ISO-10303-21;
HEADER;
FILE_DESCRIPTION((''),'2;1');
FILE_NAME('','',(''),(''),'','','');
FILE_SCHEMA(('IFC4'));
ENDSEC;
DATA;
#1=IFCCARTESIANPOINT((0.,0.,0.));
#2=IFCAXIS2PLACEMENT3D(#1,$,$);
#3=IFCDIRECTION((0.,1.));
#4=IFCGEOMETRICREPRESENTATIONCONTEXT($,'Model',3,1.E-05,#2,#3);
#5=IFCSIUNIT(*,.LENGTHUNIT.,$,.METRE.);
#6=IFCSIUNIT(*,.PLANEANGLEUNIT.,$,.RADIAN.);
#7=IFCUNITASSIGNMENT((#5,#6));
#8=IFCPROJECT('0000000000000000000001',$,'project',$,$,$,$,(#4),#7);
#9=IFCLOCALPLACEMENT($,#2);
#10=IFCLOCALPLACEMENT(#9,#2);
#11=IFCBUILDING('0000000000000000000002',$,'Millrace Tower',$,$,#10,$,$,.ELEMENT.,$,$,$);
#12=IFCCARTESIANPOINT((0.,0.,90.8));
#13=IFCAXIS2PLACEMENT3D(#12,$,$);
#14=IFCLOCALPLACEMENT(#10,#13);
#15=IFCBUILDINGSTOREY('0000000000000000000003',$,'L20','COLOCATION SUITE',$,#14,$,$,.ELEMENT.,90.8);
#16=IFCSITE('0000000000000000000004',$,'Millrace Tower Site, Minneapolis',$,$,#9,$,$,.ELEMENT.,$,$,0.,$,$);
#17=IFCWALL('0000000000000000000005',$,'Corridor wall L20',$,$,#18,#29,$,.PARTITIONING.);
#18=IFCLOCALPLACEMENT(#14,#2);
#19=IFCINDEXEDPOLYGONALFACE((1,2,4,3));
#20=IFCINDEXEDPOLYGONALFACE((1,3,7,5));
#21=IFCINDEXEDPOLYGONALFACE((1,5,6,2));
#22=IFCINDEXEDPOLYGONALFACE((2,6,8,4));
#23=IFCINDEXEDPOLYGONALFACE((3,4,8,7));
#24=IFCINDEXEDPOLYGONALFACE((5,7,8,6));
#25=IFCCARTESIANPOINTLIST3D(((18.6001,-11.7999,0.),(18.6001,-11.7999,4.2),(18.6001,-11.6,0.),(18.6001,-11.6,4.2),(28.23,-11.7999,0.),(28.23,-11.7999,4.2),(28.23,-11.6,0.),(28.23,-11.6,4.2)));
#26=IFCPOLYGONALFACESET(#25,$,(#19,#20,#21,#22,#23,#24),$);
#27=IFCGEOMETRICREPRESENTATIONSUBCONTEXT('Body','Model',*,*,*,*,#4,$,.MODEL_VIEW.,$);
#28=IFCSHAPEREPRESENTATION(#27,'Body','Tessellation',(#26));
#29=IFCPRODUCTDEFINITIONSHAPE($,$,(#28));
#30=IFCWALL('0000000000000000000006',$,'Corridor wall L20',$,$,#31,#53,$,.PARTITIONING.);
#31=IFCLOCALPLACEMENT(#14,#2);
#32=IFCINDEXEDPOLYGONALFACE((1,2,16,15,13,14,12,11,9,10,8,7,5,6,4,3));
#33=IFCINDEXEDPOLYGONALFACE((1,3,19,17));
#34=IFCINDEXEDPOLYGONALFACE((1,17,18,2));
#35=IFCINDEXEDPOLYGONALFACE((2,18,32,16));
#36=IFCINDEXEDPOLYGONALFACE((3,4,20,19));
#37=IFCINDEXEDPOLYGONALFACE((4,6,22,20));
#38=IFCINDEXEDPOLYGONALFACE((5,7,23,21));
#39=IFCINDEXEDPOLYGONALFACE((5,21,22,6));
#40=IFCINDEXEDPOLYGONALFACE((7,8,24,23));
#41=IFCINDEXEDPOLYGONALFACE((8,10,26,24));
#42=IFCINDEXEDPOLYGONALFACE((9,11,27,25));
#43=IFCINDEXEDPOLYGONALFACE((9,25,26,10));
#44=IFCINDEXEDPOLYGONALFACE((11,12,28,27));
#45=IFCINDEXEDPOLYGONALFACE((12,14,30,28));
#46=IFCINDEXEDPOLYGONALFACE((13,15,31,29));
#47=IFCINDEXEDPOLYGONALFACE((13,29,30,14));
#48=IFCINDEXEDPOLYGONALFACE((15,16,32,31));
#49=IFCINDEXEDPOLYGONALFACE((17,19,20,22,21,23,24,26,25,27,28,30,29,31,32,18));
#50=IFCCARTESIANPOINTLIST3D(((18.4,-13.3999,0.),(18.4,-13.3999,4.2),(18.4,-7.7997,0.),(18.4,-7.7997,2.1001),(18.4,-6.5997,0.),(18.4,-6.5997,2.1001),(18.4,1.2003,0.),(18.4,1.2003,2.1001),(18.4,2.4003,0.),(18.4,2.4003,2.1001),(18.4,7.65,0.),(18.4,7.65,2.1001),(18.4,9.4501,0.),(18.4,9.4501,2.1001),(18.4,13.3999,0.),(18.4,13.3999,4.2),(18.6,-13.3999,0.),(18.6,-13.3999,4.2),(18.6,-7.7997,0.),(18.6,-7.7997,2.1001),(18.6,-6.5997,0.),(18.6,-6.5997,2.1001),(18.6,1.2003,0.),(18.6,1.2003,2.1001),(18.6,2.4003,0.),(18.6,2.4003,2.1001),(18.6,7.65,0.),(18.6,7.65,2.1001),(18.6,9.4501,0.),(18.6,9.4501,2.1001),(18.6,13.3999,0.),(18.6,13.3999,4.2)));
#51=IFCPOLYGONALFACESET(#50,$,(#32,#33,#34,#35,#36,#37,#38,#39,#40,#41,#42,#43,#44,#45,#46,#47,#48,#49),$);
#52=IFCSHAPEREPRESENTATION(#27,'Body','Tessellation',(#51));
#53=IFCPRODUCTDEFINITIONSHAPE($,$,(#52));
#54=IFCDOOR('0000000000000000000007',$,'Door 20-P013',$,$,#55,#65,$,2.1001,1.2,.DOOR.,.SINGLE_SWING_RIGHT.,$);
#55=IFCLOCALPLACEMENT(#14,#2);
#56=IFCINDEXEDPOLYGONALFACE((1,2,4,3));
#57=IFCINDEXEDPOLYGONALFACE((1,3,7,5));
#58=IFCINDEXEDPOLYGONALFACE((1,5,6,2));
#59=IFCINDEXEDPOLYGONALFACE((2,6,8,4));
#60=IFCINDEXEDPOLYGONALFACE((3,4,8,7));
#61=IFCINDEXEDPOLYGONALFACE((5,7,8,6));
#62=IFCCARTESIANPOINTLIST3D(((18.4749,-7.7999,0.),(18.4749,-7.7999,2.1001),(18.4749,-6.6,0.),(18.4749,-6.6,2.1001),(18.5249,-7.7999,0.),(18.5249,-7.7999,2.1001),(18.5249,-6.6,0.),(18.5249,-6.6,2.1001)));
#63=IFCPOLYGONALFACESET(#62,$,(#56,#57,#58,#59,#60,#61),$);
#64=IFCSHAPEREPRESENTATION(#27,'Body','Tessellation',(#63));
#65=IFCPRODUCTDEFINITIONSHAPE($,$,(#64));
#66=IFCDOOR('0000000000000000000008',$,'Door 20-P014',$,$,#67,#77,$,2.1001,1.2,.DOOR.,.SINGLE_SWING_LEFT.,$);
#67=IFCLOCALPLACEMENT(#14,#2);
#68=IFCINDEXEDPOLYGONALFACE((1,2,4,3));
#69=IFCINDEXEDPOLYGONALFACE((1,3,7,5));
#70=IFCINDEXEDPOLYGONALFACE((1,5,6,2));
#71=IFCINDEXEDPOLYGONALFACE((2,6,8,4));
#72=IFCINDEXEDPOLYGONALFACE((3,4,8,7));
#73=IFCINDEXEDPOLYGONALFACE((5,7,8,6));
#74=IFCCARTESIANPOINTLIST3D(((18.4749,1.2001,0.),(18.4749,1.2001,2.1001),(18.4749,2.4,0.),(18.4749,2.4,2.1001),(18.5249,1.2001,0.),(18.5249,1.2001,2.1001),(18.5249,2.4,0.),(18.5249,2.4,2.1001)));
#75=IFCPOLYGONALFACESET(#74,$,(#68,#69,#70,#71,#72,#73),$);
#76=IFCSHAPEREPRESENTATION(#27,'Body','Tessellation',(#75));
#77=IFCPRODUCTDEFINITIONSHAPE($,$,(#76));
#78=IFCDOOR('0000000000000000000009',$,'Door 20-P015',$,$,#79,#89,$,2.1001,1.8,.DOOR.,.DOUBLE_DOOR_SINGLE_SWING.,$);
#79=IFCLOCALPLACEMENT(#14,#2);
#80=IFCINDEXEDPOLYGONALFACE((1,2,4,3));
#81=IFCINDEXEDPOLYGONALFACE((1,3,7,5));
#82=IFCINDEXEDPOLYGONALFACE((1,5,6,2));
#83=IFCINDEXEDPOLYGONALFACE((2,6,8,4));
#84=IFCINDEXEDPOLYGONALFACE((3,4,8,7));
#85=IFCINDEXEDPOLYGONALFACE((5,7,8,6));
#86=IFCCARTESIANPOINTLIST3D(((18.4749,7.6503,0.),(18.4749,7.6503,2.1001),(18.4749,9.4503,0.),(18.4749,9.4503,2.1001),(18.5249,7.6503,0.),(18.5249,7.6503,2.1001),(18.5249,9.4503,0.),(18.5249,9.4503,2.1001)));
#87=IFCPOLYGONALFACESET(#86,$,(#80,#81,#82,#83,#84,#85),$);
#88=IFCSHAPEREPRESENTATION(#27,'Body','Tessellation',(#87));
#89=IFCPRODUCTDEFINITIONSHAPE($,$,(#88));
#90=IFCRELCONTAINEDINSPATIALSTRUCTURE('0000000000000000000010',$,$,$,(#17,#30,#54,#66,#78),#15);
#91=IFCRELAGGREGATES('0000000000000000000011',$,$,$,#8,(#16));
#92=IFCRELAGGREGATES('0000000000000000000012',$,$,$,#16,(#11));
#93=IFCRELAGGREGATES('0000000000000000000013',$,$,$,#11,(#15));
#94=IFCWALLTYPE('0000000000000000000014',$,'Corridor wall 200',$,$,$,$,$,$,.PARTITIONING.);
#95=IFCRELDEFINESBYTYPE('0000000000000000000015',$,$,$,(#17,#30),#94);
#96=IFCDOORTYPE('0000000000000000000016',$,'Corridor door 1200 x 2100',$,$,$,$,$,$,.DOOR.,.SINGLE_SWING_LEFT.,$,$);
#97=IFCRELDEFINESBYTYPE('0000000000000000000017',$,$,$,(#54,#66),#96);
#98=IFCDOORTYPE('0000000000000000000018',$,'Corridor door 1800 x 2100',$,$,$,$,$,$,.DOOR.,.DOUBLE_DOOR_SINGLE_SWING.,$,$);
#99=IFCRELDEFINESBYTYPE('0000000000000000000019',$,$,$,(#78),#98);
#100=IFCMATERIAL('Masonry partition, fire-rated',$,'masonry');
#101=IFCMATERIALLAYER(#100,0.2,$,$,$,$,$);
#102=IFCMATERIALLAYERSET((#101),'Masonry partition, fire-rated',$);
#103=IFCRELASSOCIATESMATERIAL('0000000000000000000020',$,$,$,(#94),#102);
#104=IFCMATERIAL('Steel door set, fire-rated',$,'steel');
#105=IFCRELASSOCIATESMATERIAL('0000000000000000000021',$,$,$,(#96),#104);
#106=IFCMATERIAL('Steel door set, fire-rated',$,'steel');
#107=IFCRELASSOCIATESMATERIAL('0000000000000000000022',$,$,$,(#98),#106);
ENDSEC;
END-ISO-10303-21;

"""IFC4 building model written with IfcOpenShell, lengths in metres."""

from ifc_helpers import new_model, si_unit, direction, frame, frame_2d, origin, place, context, subcontext, project, spatial, rectangle, extrude, material, layer, layer_set, type_object, element, fill, save


model = new_model("IFC4")

# Units and contexts
model_context = context("Model", 3, precision=1e-05, world=origin(), true_north=direction((0.0, 1.0)))
body_context = subcontext(model_context, "Body", "Model", "MODEL_VIEW")
ifc_project = project(units=[si_unit("LENGTHUNIT", "METRE"), si_unit("PLANEANGLEUNIT", "RADIAN")], contexts=[model_context])

# Site, building, storey
site_placement = place(None, origin())
site = spatial("IfcSite", under=ifc_project, at=site_placement, Name="Millrace Tower Site, Minneapolis", CompositionType="ELEMENT", RefElevation=0.0)
building_placement = place(site_placement, origin())
building = spatial("IfcBuilding", under=site, at=building_placement, Name="Millrace Tower", CompositionType="ELEMENT")
storey_placement = place(building_placement, frame((0.0, 0.0, 90.8)))
storey = spatial("IfcBuildingStorey", under=building, at=storey_placement, Name="L20", Description="COLOCATION SUITE", CompositionType="ELEMENT", Elevation=90.8)

# Wall
ifc_material_1 = material(Name="Masonry partition, fire-rated", Category="masonry")
ifc_layer_1 = layer(ifc_material_1, 0.2)
ifc_layer_set_1 = layer_set([ifc_layer_1], Name="Masonry partition, fire-rated")
wall_type = type_object("IfcWallType", Name="Corridor wall 200", PredefinedType="PARTITIONING", material=ifc_layer_set_1)
wall_1_placement = place(storey_placement, frame((18.6001, -11.7, 0.0), z_axis=(0.0, 0.0, 1.0), x_axis=(1.0, 0.0, 0.0)))
element("IfcWall", 1, at=wall_1_placement, inside=storey, type_object=wall_type, Name="Corridor wall L20", PredefinedType="PARTITIONING", context=body_context, shape_type="SweptSolid", body=[
    extrude(rectangle(XDim=9.6299, YDim=0.2, at=frame_2d((4.8149, 0.0))), origin(), (0.0, 0.0, 1.0), 4.2),
])

# Wall, openings, doors
wall_2_placement = place(storey_placement, frame((18.5, -13.3999, 0.0), z_axis=(0.0, 0.0, 1.0), x_axis=(0.0, 1.0, 0.0)))
wall_2 = element("IfcWall", 2, at=wall_2_placement, inside=storey, type_object=wall_type, Name="Corridor wall L20", PredefinedType="PARTITIONING", context=body_context, shape_type="SweptSolid", body=[
    extrude(rectangle(XDim=26.7998, YDim=0.2, at=frame_2d((13.3999, 0.0))), origin(), (0.0, 0.0, 1.0), 4.2),
])
opening_1_placement = place(wall_2_placement, frame((5.6001, 0.0, 0.0)))
opening_1 = element("IfcOpeningElement", 3, at=opening_1_placement, cuts=wall_2, PredefinedType="OPENING", context=body_context, shape_type="SweptSolid", body=[
    extrude(rectangle(XDim=1.2, YDim=2.1001, at=frame_2d((0.6001, 1.05))), frame((0.0, 0.1099, 0.0), z_axis=(0.0, -1.0, 0.0), x_axis=(1.0, 0.0, 0.0)), (0.0, 0.0, 1.0), 0.22),
])
opening_2_placement = place(wall_2_placement, frame((14.6001, 0.0, 0.0)))
opening_2 = element("IfcOpeningElement", 4, at=opening_2_placement, cuts=wall_2, PredefinedType="OPENING", context=body_context, shape_type="SweptSolid", body=[
    extrude(rectangle(XDim=1.2, YDim=2.1001, at=frame_2d((0.6001, 1.05))), frame((0.0, 0.1099, 0.0), z_axis=(0.0, -1.0, 0.0), x_axis=(1.0, 0.0, 0.0)), (0.0, 0.0, 1.0), 0.22),
])
opening_3_placement = place(wall_2_placement, frame((21.05, 0.0, 0.0)))
opening_3 = element("IfcOpeningElement", 5, at=opening_3_placement, cuts=wall_2, PredefinedType="OPENING", context=body_context, shape_type="SweptSolid", body=[
    extrude(rectangle(XDim=1.8, YDim=2.1001, at=frame_2d((0.8999, 1.05))), frame((0.0, 0.1099, 0.0), z_axis=(0.0, -1.0, 0.0), x_axis=(1.0, 0.0, 0.0)), (0.0, 0.0, 1.0), 0.22),
])
ifc_material_2 = material(Name="Steel door set, fire-rated", Category="steel")
door_type_1 = type_object("IfcDoorType", Name="Corridor door 1200 x 2100", OperationType="SINGLE_SWING_LEFT", PredefinedType="DOOR", material=ifc_material_2)
door_1_placement = place(opening_1_placement, frame((1.2, 0.0, 0.0), z_axis=(0.0, 0.0, 1.0), x_axis=(-1.0, 0.0, 0.0)))
door_1 = element("IfcDoor", 6, at=door_1_placement, inside=storey, type_object=door_type_1, Name="Door 20-P013", OperationType="SINGLE_SWING_RIGHT", OverallHeight=2.1001, OverallWidth=1.2, PredefinedType="DOOR", context=body_context, shape_type="SweptSolid", body=[
    extrude(rectangle(XDim=1.2, YDim=2.1001, at=frame_2d((0.6001, 1.05))), frame((0.0, 0.0249, 0.0), z_axis=(0.0, -1.0, 0.0), x_axis=(1.0, 0.0, 0.0)), (0.0, 0.0, 1.0), 0.05),
])
fill(opening_1, door_1)
door_2_placement = place(opening_2_placement, frame((1.2, 0.0, 0.0), z_axis=(0.0, 0.0, 1.0), x_axis=(-1.0, 0.0, 0.0)))
door_2 = element("IfcDoor", 7, at=door_2_placement, inside=storey, type_object=door_type_1, Name="Door 20-P014", OperationType="SINGLE_SWING_LEFT", OverallHeight=2.1001, OverallWidth=1.2, PredefinedType="DOOR", context=body_context, shape_type="SweptSolid", body=[
    extrude(rectangle(XDim=1.2, YDim=2.1001, at=frame_2d((0.6001, 1.05))), frame((0.0, 0.0249, 0.0), z_axis=(0.0, -1.0, 0.0), x_axis=(1.0, 0.0, 0.0)), (0.0, 0.0, 1.0), 0.05),
])
fill(opening_2, door_2)
ifc_material_3 = material(Name="Steel door set, fire-rated", Category="steel")
door_type_2 = type_object("IfcDoorType", Name="Corridor door 1800 x 2100", OperationType="DOUBLE_DOOR_SINGLE_SWING", PredefinedType="DOOR", material=ifc_material_3)
door_3_placement = place(opening_3_placement, frame((1.8, 0.0, 0.0), z_axis=(0.0, 0.0, 1.0), x_axis=(-1.0, 0.0, 0.0)))
door_3 = element("IfcDoor", 8, at=door_3_placement, inside=storey, type_object=door_type_2, Name="Door 20-P015", OperationType="DOUBLE_DOOR_SINGLE_SWING", OverallHeight=2.1001, OverallWidth=1.8, PredefinedType="DOOR", context=body_context, shape_type="SweptSolid", body=[
    extrude(rectangle(XDim=1.8, YDim=2.1001, at=frame_2d((0.8999, 1.05))), frame((0.0, 0.0249, 0.0), z_axis=(0.0, -1.0, 0.0), x_axis=(1.0, 0.0, 0.0)), (0.0, 0.0, 1.0), 0.05),
])
fill(opening_3, door_3)

save(model, "model.ifc")
